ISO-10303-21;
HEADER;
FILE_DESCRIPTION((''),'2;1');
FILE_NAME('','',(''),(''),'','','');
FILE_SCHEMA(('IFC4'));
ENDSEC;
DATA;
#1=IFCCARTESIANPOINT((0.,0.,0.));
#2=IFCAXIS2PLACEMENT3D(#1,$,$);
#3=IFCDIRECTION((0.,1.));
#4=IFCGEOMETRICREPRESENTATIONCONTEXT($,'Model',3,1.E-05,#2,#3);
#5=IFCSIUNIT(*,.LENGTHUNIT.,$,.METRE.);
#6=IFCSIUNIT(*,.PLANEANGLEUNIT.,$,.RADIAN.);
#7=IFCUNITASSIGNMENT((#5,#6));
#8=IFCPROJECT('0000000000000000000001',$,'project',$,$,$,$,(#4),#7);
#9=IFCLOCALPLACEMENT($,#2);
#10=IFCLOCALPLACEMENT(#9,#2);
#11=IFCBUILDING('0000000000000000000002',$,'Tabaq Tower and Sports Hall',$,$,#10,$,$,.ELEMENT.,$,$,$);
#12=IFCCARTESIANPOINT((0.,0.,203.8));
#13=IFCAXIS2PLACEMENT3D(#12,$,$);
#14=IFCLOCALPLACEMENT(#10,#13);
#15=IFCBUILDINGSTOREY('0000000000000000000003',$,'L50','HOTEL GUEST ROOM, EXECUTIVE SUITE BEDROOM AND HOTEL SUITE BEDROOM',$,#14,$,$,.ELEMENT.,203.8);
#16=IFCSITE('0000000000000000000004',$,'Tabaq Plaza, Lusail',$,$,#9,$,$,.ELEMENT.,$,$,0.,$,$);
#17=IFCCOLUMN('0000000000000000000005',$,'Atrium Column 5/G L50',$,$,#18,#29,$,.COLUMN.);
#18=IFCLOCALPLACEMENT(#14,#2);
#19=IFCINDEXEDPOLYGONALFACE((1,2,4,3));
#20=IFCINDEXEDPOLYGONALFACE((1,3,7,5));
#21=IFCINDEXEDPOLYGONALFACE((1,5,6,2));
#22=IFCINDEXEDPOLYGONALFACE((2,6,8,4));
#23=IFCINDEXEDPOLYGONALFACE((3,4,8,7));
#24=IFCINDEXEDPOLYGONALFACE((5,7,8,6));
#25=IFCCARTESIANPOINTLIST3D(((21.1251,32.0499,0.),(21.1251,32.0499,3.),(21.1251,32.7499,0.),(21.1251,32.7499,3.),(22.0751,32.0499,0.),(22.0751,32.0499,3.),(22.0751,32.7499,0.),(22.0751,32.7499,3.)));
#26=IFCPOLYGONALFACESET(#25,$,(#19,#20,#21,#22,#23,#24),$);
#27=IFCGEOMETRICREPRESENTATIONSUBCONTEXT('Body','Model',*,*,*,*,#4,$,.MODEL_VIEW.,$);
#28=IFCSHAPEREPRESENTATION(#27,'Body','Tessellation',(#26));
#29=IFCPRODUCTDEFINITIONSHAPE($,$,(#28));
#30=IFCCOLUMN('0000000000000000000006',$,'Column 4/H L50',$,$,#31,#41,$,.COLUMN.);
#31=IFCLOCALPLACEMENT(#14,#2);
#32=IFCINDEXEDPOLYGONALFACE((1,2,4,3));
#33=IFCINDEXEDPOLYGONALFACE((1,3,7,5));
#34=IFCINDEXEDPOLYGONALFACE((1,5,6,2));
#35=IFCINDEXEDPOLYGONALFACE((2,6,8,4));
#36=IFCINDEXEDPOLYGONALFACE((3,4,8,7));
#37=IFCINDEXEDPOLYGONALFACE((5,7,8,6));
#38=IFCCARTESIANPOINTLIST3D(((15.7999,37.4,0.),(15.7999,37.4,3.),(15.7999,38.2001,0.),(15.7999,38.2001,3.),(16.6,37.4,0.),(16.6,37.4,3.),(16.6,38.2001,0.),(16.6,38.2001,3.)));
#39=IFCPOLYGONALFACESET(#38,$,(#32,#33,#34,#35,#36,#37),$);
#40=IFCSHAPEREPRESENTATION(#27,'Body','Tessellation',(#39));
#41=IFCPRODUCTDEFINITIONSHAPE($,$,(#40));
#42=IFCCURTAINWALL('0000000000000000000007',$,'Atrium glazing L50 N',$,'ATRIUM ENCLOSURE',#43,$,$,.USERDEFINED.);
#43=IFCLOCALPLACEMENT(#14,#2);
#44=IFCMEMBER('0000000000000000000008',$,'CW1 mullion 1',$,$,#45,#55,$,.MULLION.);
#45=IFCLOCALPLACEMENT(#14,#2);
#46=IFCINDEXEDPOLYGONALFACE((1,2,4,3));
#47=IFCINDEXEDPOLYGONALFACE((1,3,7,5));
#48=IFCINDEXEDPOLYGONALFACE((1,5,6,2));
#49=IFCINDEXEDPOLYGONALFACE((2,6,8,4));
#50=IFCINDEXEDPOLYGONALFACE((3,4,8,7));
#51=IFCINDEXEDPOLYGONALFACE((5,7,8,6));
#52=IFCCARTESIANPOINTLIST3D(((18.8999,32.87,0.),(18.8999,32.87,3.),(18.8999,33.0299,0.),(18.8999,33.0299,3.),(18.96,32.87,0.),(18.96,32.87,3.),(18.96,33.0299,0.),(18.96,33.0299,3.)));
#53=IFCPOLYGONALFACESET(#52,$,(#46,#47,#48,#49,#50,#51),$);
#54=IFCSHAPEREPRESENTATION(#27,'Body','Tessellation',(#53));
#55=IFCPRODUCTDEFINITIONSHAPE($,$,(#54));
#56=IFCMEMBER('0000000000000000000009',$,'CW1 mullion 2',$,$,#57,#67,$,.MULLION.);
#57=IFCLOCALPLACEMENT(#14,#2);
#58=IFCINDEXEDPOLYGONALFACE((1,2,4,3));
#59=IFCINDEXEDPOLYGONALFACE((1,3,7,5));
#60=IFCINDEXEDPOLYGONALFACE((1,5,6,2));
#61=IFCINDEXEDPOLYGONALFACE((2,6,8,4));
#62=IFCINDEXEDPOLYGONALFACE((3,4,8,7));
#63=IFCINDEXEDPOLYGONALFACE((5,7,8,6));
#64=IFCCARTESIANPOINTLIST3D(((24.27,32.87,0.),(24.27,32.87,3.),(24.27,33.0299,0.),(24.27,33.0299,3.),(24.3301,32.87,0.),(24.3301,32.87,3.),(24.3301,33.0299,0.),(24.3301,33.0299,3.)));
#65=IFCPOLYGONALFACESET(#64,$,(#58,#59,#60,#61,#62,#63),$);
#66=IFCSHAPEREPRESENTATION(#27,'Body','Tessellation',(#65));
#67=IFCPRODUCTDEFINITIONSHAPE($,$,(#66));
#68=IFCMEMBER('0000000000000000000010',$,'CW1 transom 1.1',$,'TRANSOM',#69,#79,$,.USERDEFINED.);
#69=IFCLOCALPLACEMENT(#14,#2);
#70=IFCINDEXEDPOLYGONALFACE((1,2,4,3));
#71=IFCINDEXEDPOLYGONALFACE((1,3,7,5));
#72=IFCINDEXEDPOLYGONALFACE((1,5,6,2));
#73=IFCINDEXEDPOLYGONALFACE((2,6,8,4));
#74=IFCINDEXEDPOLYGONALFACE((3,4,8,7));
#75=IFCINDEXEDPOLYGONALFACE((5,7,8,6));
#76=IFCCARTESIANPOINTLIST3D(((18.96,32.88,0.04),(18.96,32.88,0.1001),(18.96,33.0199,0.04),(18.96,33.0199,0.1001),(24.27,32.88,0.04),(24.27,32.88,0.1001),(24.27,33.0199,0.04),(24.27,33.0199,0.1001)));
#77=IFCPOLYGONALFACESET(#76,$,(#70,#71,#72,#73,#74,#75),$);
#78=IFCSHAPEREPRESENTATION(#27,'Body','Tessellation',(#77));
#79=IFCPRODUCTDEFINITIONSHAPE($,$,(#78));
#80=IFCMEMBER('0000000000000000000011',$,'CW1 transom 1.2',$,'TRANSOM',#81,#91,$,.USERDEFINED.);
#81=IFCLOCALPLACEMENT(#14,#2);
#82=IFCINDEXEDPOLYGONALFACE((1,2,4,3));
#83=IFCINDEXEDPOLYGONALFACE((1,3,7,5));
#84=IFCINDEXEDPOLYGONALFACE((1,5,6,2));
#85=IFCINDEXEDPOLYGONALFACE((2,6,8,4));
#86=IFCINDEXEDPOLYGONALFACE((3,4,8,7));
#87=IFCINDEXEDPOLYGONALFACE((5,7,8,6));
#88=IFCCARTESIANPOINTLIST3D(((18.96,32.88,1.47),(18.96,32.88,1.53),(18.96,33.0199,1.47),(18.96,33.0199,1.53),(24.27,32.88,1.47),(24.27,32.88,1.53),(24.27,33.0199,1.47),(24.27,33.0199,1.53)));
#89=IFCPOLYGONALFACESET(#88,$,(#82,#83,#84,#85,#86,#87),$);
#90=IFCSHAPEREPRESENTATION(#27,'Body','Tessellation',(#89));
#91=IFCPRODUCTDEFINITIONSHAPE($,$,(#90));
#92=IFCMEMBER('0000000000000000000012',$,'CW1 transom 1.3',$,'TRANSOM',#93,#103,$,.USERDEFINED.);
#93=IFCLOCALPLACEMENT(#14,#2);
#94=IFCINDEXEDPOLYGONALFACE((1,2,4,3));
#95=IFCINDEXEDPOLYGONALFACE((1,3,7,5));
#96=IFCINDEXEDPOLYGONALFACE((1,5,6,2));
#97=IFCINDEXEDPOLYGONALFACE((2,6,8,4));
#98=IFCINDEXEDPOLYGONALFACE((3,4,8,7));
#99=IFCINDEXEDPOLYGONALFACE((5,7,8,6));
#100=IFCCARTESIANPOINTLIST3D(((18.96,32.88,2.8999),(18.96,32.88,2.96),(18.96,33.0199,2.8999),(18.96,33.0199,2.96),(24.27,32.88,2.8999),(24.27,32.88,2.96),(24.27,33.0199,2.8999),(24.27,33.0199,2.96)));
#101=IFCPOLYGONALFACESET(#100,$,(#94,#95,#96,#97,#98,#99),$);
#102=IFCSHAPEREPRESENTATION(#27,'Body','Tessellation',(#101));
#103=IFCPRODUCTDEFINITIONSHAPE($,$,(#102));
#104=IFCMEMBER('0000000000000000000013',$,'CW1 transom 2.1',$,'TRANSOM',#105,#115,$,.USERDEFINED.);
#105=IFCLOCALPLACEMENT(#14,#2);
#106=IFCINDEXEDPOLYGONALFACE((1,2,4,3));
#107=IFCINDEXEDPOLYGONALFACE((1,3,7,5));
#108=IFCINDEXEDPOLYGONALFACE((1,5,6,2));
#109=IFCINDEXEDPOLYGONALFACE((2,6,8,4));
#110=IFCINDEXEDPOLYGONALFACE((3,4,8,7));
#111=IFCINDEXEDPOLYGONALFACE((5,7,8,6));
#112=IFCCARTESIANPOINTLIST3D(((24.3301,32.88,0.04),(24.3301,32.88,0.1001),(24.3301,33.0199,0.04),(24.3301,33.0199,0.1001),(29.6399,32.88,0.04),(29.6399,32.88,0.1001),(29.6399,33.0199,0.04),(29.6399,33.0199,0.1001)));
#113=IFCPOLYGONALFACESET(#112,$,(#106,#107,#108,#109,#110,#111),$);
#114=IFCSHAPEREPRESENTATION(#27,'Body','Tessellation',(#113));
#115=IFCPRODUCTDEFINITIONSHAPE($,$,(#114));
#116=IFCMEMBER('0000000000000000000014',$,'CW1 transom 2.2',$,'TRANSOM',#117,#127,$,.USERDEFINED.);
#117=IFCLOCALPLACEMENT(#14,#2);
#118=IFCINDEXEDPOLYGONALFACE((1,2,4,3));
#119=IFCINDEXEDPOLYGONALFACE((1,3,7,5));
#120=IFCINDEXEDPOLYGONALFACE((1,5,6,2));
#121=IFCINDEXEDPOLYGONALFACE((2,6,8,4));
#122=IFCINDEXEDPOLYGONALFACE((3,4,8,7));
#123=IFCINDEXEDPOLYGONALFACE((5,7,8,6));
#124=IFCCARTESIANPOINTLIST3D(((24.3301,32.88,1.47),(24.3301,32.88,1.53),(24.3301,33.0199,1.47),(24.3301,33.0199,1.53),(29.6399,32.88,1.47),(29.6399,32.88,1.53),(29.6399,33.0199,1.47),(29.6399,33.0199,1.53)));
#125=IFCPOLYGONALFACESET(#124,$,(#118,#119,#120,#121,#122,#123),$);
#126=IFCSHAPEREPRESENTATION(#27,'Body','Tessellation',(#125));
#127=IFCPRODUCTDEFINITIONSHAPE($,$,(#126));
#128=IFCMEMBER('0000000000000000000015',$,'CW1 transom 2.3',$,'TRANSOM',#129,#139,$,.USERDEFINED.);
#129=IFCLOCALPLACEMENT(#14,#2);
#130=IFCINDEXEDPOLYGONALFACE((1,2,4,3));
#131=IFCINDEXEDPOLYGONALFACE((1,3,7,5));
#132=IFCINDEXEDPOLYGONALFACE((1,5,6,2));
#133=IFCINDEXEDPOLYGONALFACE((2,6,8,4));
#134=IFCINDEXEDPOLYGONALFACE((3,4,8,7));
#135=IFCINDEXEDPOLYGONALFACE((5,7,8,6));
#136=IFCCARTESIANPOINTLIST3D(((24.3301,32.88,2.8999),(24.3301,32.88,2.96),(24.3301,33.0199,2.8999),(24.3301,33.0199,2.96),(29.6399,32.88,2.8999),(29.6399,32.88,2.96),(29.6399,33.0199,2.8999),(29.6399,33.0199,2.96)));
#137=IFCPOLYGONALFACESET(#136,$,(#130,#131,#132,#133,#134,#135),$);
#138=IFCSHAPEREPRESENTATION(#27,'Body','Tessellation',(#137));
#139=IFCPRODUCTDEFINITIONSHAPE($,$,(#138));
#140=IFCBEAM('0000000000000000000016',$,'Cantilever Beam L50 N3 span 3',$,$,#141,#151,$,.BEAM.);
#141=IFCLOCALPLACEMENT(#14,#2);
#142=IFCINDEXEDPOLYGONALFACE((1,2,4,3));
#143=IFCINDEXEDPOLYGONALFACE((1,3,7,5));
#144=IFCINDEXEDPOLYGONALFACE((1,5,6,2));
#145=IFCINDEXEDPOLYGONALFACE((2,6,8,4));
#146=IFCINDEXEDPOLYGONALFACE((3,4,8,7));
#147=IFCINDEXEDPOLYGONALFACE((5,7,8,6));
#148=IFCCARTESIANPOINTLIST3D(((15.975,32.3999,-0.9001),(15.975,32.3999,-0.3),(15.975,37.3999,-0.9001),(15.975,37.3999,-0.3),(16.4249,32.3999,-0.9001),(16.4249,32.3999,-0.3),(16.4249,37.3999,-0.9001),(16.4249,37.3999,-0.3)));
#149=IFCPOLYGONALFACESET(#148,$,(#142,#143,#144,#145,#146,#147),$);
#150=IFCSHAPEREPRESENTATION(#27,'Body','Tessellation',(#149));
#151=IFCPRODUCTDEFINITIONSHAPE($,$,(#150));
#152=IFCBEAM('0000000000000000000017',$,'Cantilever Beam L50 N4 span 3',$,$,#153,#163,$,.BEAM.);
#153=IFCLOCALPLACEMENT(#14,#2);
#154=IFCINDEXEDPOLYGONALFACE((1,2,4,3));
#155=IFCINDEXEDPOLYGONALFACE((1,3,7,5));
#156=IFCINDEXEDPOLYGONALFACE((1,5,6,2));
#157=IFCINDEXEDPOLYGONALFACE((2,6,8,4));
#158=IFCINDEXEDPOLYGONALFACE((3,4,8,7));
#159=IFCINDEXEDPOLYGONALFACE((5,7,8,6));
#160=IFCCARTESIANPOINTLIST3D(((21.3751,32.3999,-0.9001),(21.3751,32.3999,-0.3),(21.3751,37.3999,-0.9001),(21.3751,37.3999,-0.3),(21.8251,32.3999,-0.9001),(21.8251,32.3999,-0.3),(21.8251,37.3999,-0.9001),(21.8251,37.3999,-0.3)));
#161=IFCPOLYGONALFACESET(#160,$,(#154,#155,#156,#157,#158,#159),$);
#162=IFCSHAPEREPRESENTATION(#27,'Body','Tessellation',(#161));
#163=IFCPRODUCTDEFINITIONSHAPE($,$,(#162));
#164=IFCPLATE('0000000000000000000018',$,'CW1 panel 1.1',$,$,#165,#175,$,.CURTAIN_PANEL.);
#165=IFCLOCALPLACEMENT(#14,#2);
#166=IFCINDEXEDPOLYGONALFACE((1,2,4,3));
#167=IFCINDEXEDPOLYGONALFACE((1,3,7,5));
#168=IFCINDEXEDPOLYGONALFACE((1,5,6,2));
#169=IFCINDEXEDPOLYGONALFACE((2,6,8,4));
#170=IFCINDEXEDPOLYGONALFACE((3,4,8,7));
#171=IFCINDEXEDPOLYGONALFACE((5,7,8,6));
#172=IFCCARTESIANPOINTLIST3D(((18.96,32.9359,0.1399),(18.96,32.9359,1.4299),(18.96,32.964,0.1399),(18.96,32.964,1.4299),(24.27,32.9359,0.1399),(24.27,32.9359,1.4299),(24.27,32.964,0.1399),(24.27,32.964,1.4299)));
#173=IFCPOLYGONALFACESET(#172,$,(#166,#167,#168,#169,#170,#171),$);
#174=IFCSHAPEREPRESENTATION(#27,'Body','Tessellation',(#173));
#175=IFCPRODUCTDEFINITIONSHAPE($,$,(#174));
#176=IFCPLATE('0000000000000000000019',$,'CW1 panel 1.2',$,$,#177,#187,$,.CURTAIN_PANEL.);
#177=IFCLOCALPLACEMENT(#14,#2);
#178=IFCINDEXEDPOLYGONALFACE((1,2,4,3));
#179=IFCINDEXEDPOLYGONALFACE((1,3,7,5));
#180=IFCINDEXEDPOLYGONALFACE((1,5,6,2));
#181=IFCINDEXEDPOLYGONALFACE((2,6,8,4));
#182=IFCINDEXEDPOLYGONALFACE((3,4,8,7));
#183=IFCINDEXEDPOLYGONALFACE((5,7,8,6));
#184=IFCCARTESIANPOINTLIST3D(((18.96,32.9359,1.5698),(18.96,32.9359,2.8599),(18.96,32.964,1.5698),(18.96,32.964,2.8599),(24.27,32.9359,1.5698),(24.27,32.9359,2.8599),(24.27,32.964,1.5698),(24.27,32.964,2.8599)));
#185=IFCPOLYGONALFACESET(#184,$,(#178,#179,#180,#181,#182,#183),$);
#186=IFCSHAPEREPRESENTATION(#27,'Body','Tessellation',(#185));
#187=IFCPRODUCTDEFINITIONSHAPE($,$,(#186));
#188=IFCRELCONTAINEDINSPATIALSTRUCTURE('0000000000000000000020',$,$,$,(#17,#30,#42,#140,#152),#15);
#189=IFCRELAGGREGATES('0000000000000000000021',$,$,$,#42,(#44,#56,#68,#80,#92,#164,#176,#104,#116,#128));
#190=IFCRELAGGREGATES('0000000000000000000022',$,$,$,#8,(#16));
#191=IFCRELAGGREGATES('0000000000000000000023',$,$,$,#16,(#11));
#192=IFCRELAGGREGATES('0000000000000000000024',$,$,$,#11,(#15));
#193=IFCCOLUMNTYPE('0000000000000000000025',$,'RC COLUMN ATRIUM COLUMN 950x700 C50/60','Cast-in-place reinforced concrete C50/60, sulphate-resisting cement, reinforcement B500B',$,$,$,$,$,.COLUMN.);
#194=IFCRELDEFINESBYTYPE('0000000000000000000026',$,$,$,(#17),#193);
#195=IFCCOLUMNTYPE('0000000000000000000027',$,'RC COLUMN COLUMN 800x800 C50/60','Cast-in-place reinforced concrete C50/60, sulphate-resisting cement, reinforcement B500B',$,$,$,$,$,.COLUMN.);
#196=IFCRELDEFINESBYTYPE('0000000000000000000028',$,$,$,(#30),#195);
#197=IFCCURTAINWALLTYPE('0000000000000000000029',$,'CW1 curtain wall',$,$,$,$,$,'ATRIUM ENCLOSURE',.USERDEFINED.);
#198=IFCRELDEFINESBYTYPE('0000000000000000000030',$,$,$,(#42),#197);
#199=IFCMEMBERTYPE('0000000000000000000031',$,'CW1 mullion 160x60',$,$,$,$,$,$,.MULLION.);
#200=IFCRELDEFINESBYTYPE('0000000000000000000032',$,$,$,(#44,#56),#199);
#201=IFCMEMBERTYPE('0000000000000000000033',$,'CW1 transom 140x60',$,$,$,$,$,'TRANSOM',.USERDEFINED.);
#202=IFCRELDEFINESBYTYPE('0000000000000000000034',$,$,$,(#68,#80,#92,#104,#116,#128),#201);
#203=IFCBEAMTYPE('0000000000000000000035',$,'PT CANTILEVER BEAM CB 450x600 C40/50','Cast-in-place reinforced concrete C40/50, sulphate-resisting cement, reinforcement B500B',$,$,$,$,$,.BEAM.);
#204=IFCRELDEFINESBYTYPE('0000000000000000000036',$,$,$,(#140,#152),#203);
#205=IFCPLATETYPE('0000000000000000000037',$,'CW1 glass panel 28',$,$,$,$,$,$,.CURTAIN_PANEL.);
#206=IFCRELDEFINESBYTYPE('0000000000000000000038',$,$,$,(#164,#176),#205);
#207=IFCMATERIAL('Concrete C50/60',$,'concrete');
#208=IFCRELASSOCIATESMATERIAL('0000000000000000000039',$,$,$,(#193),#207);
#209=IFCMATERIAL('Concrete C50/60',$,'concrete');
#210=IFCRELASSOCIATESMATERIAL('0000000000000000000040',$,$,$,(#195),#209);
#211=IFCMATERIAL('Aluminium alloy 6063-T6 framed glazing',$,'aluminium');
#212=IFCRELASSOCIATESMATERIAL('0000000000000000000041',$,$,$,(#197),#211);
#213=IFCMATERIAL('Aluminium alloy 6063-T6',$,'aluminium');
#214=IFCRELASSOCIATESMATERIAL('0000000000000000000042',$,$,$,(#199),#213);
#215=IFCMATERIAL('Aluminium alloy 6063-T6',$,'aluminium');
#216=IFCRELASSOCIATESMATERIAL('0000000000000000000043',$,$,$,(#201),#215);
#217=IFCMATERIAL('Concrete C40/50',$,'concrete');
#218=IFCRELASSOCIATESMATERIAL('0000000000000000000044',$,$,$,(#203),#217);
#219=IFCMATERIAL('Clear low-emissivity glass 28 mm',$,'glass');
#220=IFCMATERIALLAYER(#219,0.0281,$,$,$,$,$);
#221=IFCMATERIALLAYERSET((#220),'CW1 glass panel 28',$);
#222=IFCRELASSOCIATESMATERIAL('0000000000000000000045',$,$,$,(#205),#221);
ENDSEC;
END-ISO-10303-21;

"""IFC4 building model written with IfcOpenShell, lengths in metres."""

from ifc_helpers import new_model, si_unit, direction, frame, origin, origin_2d, place, context, subcontext, project, spatial, rectangle, extrude, material, layer, layer_set, material_profile, profile_set, type_object, element, aggregate, save


model = new_model("IFC4")

# Units and contexts
model_context = context("Model", 3, precision=1e-05, world=origin(), true_north=direction((0.0, 1.0)))
body_context = subcontext(model_context, "Body", "Model", "MODEL_VIEW")
ifc_project = project(units=[si_unit("LENGTHUNIT", "METRE"), si_unit("PLANEANGLEUNIT", "RADIAN")], contexts=[model_context])

# Site, building, storey
site_placement = place(None, origin())
site = spatial("IfcSite", under=ifc_project, at=site_placement, Name="Tabaq Plaza, Lusail", CompositionType="ELEMENT", RefElevation=0.0)
building_placement = place(site_placement, origin())
building = spatial("IfcBuilding", under=site, at=building_placement, Name="Tabaq Tower and Sports Hall", CompositionType="ELEMENT")
storey_placement = place(building_placement, frame((0.0, 0.0, 203.8)))
storey = spatial("IfcBuildingStorey", under=building, at=storey_placement, Name="L50", Description="HOTEL GUEST ROOM, EXECUTIVE SUITE BEDROOM AND HOTEL SUITE BEDROOM", CompositionType="ELEMENT", Elevation=203.8)

# Columns
ifc_material_1 = material(Name="Concrete C50/60", Category="concrete")
ifc_material_profile_1 = material_profile(ifc_material_1, rectangle(XDim=0.95, YDim=0.7, at=origin_2d()), Name="ATRIUM COLUMN 950x700")
ifc_profile_set_1 = profile_set([ifc_material_profile_1], Name="Concrete C50/60")
column_type_1 = type_object("IfcColumnType", Name="RC COLUMN ATRIUM COLUMN 950x700 C50/60", Description="Cast-in-place reinforced concrete C50/60, sulphate-resisting cement, reinforcement B500B", PredefinedType="COLUMN", material=ifc_profile_set_1)
column_1_placement = place(storey_placement, frame((21.6001, 32.3999, 0.0), z_axis=(0.0, 0.0, 1.0), x_axis=(1.0, 0.0, 0.0)))
element("IfcColumn", 1, at=column_1_placement, inside=storey, type_object=column_type_1, Name="Atrium Column 5/G L50", PredefinedType="COLUMN", context=body_context, shape_type="SweptSolid", body=[
    extrude(rectangle(XDim=0.95, YDim=0.7, at=origin_2d()), origin(), (0.0, 0.0, 1.0), 3.0),
])
ifc_material_2 = material(Name="Concrete C50/60", Category="concrete")
ifc_material_profile_2 = material_profile(ifc_material_2, rectangle(XDim=0.8, YDim=0.8, at=origin_2d()), Name="COLUMN 800x800")
ifc_profile_set_2 = profile_set([ifc_material_profile_2], Name="Concrete C50/60")
column_type_2 = type_object("IfcColumnType", Name="RC COLUMN COLUMN 800x800 C50/60", Description="Cast-in-place reinforced concrete C50/60, sulphate-resisting cement, reinforcement B500B", PredefinedType="COLUMN", material=ifc_profile_set_2)
column_2_placement = place(storey_placement, frame((16.2, 37.8, 0.0), z_axis=(0.0, 0.0, 1.0), x_axis=(1.0, 0.0, 0.0)))
element("IfcColumn", 2, at=column_2_placement, inside=storey, type_object=column_type_2, Name="Column 4/H L50", PredefinedType="COLUMN", context=body_context, shape_type="SweptSolid", body=[
    extrude(rectangle(XDim=0.8, YDim=0.8, at=origin_2d()), origin(), (0.0, 0.0, 1.0), 3.0),
])

# Curtain wall, members
ifc_material_3 = material(Name="Aluminium alloy 6063-T6 framed glazing", Category="aluminium")
curtain_wall_type = type_object("IfcCurtainWallType", Name="CW1 curtain wall", ElementType="ATRIUM ENCLOSURE", PredefinedType="USERDEFINED", material=ifc_material_3)
curtain_wall_placement = place(storey_placement, origin())
curtain_wall = element("IfcCurtainWall", 3, at=curtain_wall_placement, inside=storey, type_object=curtain_wall_type, Name="Atrium glazing L50 N", ObjectType="ATRIUM ENCLOSURE", PredefinedType="USERDEFINED")
ifc_material_4 = material(Name="Aluminium alloy 6063-T6", Category="aluminium")
ifc_material_profile_3 = material_profile(ifc_material_4, rectangle(XDim=0.1599, YDim=0.0601, at=origin_2d()), Name="MULLION 160x60")
ifc_profile_set_3 = profile_set([ifc_material_profile_3], Name="Aluminium alloy 6063-T6")
member_type_1 = type_object("IfcMemberType", Name="CW1 mullion 160x60", PredefinedType="MULLION", material=ifc_profile_set_3)
member_1_placement = place(storey_placement, frame((18.9299, 32.95, 0.0), z_axis=(0.0, 0.0, 1.0), x_axis=(0.0, 1.0, 0.0)))
member_1 = element("IfcMember", 4, at=member_1_placement, type_object=member_type_1, Name="CW1 mullion 1", PredefinedType="MULLION", context=body_context, shape_type="SweptSolid", body=[
    extrude(rectangle(XDim=0.1599, YDim=0.0601, at=origin_2d()), origin(), (0.0, 0.0, 1.0), 3.0),
])
member_2_placement = place(storey_placement, frame((24.3, 32.95, 0.0), z_axis=(0.0, 0.0, 1.0), x_axis=(0.0, 1.0, 0.0)))
member_2 = element("IfcMember", 5, at=member_2_placement, type_object=member_type_1, Name="CW1 mullion 2", PredefinedType="MULLION", context=body_context, shape_type="SweptSolid", body=[
    extrude(rectangle(XDim=0.1599, YDim=0.0601, at=origin_2d()), origin(), (0.0, 0.0, 1.0), 3.0),
])
ifc_material_5 = material(Name="Aluminium alloy 6063-T6", Category="aluminium")
ifc_material_profile_4 = material_profile(ifc_material_5, rectangle(XDim=0.1399, YDim=0.0601, at=origin_2d()), Name="TRANSOM 140x60")
ifc_profile_set_4 = profile_set([ifc_material_profile_4], Name="Aluminium alloy 6063-T6")
member_type_2 = type_object("IfcMemberType", Name="CW1 transom 140x60", ElementType="TRANSOM", PredefinedType="USERDEFINED", material=ifc_profile_set_4)
member_3_placement = place(storey_placement, frame((18.96, 32.95, 0.0701), z_axis=(1.0, 0.0, 0.0), x_axis=(0.0, 1.0, 0.0)))
member_3 = element("IfcMember", 6, at=member_3_placement, type_object=member_type_2, Name="CW1 transom 1.1", ObjectType="TRANSOM", PredefinedType="USERDEFINED", context=body_context, shape_type="SweptSolid", body=[
    extrude(rectangle(XDim=0.1399, YDim=0.0601, at=origin_2d()), origin(), (0.0, 0.0, 1.0), 5.3101),
])
member_4_placement = place(storey_placement, frame((18.96, 32.95, 1.5), z_axis=(1.0, 0.0, 0.0), x_axis=(0.0, 1.0, 0.0)))
member_4 = element("IfcMember", 7, at=member_4_placement, type_object=member_type_2, Name="CW1 transom 1.2", ObjectType="TRANSOM", PredefinedType="USERDEFINED", context=body_context, shape_type="SweptSolid", body=[
    extrude(rectangle(XDim=0.1399, YDim=0.0601, at=origin_2d()), origin(), (0.0, 0.0, 1.0), 5.3101),
])
member_5_placement = place(storey_placement, frame((18.96, 32.95, 2.9299), z_axis=(1.0, 0.0, 0.0), x_axis=(0.0, 1.0, 0.0)))
member_5 = element("IfcMember", 8, at=member_5_placement, type_object=member_type_2, Name="CW1 transom 1.3", ObjectType="TRANSOM", PredefinedType="USERDEFINED", context=body_context, shape_type="SweptSolid", body=[
    extrude(rectangle(XDim=0.1399, YDim=0.0601, at=origin_2d()), origin(), (0.0, 0.0, 1.0), 5.3101),
])
member_6_placement = place(storey_placement, frame((24.3301, 32.95, 0.0701), z_axis=(1.0, 0.0, 0.0), x_axis=(0.0, 1.0, 0.0)))
member_6 = element("IfcMember", 9, at=member_6_placement, type_object=member_type_2, Name="CW1 transom 2.1", ObjectType="TRANSOM", PredefinedType="USERDEFINED", context=body_context, shape_type="SweptSolid", body=[
    extrude(rectangle(XDim=0.1399, YDim=0.0601, at=origin_2d()), origin(), (0.0, 0.0, 1.0), 5.3098),
])
member_7_placement = place(storey_placement, frame((24.3301, 32.95, 1.5), z_axis=(1.0, 0.0, 0.0), x_axis=(0.0, 1.0, 0.0)))
member_7 = element("IfcMember", 10, at=member_7_placement, type_object=member_type_2, Name="CW1 transom 2.2", ObjectType="TRANSOM", PredefinedType="USERDEFINED", context=body_context, shape_type="SweptSolid", body=[
    extrude(rectangle(XDim=0.1399, YDim=0.0601, at=origin_2d()), origin(), (0.0, 0.0, 1.0), 5.3098),
])
member_8_placement = place(storey_placement, frame((24.3301, 32.95, 2.9299), z_axis=(1.0, 0.0, 0.0), x_axis=(0.0, 1.0, 0.0)))
member_8 = element("IfcMember", 11, at=member_8_placement, type_object=member_type_2, Name="CW1 transom 2.3", ObjectType="TRANSOM", PredefinedType="USERDEFINED", context=body_context, shape_type="SweptSolid", body=[
    extrude(rectangle(XDim=0.1399, YDim=0.0601, at=origin_2d()), origin(), (0.0, 0.0, 1.0), 5.3098),
])

# Beams
ifc_material_6 = material(Name="Concrete C40/50", Category="concrete")
ifc_material_profile_5 = material_profile(ifc_material_6, rectangle(XDim=0.45, YDim=0.6001, at=origin_2d()), Name="CB 450x600")
ifc_profile_set_5 = profile_set([ifc_material_profile_5], Name="Concrete C40/50")
beam_type = type_object("IfcBeamType", Name="PT CANTILEVER BEAM CB 450x600 C40/50", Description="Cast-in-place reinforced concrete C40/50, sulphate-resisting cement, reinforcement B500B", PredefinedType="BEAM", material=ifc_profile_set_5)
for number, where, z_axis, x_axis, name in (
    (12, (16.2, 37.3999, -0.6001), (0.0, -1.0, 0.0), (1.0, 0.0, 0.0), "Cantilever Beam L50 N3 span 3"),
    (13, (21.6001, 37.3999, -0.6001), (0.0, -1.0, 0.0), (1.0, 0.0, 0.0), "Cantilever Beam L50 N4 span 3"),
):
    element("IfcBeam", number, at=place(storey_placement, frame(where, z_axis=z_axis, x_axis=x_axis)), inside=storey, type_object=beam_type, Name=name, PredefinedType="BEAM", context=body_context, shape_type="SweptSolid", body=[
        extrude(rectangle(XDim=0.45, YDim=0.6001, at=origin_2d()), origin(), (0.0, 0.0, 1.0), 5.0),
    ])

# Plates
ifc_material_7 = material(Name="Clear low-emissivity glass 28 mm", Category="glass")
ifc_layer_1 = layer(ifc_material_7, 0.0281)
ifc_layer_set_1 = layer_set([ifc_layer_1], Name="CW1 glass panel 28")
plate_type = type_object("IfcPlateType", Name="CW1 glass panel 28", PredefinedType="CURTAIN_PANEL", material=ifc_layer_set_1)
plate_1_placement = place(storey_placement, frame((21.615, 32.95, 0.1399), z_axis=(0.0, 0.0, 1.0), x_axis=(1.0, 0.0, 0.0)))
plate_1 = element("IfcPlate", 14, at=plate_1_placement, type_object=plate_type, Name="CW1 panel 1.1", PredefinedType="CURTAIN_PANEL", context=body_context, shape_type="SweptSolid", body=[
    extrude(rectangle(XDim=5.3101, YDim=0.0281, at=origin_2d()), origin(), (0.0, 0.0, 1.0), 1.29),
])
plate_2_placement = place(storey_placement, frame((21.615, 32.95, 1.5698), z_axis=(0.0, 0.0, 1.0), x_axis=(1.0, 0.0, 0.0)))
plate_2 = element("IfcPlate", 15, at=plate_2_placement, type_object=plate_type, Name="CW1 panel 1.2", PredefinedType="CURTAIN_PANEL", context=body_context, shape_type="SweptSolid", body=[
    extrude(rectangle(XDim=5.3101, YDim=0.0281, at=origin_2d()), origin(), (0.0, 0.0, 1.0), 1.29),
])
aggregate(curtain_wall, [member_1, member_2, member_3, member_4, member_5, plate_1, plate_2, member_6, member_7, member_8])

save(model, "model.ifc")
